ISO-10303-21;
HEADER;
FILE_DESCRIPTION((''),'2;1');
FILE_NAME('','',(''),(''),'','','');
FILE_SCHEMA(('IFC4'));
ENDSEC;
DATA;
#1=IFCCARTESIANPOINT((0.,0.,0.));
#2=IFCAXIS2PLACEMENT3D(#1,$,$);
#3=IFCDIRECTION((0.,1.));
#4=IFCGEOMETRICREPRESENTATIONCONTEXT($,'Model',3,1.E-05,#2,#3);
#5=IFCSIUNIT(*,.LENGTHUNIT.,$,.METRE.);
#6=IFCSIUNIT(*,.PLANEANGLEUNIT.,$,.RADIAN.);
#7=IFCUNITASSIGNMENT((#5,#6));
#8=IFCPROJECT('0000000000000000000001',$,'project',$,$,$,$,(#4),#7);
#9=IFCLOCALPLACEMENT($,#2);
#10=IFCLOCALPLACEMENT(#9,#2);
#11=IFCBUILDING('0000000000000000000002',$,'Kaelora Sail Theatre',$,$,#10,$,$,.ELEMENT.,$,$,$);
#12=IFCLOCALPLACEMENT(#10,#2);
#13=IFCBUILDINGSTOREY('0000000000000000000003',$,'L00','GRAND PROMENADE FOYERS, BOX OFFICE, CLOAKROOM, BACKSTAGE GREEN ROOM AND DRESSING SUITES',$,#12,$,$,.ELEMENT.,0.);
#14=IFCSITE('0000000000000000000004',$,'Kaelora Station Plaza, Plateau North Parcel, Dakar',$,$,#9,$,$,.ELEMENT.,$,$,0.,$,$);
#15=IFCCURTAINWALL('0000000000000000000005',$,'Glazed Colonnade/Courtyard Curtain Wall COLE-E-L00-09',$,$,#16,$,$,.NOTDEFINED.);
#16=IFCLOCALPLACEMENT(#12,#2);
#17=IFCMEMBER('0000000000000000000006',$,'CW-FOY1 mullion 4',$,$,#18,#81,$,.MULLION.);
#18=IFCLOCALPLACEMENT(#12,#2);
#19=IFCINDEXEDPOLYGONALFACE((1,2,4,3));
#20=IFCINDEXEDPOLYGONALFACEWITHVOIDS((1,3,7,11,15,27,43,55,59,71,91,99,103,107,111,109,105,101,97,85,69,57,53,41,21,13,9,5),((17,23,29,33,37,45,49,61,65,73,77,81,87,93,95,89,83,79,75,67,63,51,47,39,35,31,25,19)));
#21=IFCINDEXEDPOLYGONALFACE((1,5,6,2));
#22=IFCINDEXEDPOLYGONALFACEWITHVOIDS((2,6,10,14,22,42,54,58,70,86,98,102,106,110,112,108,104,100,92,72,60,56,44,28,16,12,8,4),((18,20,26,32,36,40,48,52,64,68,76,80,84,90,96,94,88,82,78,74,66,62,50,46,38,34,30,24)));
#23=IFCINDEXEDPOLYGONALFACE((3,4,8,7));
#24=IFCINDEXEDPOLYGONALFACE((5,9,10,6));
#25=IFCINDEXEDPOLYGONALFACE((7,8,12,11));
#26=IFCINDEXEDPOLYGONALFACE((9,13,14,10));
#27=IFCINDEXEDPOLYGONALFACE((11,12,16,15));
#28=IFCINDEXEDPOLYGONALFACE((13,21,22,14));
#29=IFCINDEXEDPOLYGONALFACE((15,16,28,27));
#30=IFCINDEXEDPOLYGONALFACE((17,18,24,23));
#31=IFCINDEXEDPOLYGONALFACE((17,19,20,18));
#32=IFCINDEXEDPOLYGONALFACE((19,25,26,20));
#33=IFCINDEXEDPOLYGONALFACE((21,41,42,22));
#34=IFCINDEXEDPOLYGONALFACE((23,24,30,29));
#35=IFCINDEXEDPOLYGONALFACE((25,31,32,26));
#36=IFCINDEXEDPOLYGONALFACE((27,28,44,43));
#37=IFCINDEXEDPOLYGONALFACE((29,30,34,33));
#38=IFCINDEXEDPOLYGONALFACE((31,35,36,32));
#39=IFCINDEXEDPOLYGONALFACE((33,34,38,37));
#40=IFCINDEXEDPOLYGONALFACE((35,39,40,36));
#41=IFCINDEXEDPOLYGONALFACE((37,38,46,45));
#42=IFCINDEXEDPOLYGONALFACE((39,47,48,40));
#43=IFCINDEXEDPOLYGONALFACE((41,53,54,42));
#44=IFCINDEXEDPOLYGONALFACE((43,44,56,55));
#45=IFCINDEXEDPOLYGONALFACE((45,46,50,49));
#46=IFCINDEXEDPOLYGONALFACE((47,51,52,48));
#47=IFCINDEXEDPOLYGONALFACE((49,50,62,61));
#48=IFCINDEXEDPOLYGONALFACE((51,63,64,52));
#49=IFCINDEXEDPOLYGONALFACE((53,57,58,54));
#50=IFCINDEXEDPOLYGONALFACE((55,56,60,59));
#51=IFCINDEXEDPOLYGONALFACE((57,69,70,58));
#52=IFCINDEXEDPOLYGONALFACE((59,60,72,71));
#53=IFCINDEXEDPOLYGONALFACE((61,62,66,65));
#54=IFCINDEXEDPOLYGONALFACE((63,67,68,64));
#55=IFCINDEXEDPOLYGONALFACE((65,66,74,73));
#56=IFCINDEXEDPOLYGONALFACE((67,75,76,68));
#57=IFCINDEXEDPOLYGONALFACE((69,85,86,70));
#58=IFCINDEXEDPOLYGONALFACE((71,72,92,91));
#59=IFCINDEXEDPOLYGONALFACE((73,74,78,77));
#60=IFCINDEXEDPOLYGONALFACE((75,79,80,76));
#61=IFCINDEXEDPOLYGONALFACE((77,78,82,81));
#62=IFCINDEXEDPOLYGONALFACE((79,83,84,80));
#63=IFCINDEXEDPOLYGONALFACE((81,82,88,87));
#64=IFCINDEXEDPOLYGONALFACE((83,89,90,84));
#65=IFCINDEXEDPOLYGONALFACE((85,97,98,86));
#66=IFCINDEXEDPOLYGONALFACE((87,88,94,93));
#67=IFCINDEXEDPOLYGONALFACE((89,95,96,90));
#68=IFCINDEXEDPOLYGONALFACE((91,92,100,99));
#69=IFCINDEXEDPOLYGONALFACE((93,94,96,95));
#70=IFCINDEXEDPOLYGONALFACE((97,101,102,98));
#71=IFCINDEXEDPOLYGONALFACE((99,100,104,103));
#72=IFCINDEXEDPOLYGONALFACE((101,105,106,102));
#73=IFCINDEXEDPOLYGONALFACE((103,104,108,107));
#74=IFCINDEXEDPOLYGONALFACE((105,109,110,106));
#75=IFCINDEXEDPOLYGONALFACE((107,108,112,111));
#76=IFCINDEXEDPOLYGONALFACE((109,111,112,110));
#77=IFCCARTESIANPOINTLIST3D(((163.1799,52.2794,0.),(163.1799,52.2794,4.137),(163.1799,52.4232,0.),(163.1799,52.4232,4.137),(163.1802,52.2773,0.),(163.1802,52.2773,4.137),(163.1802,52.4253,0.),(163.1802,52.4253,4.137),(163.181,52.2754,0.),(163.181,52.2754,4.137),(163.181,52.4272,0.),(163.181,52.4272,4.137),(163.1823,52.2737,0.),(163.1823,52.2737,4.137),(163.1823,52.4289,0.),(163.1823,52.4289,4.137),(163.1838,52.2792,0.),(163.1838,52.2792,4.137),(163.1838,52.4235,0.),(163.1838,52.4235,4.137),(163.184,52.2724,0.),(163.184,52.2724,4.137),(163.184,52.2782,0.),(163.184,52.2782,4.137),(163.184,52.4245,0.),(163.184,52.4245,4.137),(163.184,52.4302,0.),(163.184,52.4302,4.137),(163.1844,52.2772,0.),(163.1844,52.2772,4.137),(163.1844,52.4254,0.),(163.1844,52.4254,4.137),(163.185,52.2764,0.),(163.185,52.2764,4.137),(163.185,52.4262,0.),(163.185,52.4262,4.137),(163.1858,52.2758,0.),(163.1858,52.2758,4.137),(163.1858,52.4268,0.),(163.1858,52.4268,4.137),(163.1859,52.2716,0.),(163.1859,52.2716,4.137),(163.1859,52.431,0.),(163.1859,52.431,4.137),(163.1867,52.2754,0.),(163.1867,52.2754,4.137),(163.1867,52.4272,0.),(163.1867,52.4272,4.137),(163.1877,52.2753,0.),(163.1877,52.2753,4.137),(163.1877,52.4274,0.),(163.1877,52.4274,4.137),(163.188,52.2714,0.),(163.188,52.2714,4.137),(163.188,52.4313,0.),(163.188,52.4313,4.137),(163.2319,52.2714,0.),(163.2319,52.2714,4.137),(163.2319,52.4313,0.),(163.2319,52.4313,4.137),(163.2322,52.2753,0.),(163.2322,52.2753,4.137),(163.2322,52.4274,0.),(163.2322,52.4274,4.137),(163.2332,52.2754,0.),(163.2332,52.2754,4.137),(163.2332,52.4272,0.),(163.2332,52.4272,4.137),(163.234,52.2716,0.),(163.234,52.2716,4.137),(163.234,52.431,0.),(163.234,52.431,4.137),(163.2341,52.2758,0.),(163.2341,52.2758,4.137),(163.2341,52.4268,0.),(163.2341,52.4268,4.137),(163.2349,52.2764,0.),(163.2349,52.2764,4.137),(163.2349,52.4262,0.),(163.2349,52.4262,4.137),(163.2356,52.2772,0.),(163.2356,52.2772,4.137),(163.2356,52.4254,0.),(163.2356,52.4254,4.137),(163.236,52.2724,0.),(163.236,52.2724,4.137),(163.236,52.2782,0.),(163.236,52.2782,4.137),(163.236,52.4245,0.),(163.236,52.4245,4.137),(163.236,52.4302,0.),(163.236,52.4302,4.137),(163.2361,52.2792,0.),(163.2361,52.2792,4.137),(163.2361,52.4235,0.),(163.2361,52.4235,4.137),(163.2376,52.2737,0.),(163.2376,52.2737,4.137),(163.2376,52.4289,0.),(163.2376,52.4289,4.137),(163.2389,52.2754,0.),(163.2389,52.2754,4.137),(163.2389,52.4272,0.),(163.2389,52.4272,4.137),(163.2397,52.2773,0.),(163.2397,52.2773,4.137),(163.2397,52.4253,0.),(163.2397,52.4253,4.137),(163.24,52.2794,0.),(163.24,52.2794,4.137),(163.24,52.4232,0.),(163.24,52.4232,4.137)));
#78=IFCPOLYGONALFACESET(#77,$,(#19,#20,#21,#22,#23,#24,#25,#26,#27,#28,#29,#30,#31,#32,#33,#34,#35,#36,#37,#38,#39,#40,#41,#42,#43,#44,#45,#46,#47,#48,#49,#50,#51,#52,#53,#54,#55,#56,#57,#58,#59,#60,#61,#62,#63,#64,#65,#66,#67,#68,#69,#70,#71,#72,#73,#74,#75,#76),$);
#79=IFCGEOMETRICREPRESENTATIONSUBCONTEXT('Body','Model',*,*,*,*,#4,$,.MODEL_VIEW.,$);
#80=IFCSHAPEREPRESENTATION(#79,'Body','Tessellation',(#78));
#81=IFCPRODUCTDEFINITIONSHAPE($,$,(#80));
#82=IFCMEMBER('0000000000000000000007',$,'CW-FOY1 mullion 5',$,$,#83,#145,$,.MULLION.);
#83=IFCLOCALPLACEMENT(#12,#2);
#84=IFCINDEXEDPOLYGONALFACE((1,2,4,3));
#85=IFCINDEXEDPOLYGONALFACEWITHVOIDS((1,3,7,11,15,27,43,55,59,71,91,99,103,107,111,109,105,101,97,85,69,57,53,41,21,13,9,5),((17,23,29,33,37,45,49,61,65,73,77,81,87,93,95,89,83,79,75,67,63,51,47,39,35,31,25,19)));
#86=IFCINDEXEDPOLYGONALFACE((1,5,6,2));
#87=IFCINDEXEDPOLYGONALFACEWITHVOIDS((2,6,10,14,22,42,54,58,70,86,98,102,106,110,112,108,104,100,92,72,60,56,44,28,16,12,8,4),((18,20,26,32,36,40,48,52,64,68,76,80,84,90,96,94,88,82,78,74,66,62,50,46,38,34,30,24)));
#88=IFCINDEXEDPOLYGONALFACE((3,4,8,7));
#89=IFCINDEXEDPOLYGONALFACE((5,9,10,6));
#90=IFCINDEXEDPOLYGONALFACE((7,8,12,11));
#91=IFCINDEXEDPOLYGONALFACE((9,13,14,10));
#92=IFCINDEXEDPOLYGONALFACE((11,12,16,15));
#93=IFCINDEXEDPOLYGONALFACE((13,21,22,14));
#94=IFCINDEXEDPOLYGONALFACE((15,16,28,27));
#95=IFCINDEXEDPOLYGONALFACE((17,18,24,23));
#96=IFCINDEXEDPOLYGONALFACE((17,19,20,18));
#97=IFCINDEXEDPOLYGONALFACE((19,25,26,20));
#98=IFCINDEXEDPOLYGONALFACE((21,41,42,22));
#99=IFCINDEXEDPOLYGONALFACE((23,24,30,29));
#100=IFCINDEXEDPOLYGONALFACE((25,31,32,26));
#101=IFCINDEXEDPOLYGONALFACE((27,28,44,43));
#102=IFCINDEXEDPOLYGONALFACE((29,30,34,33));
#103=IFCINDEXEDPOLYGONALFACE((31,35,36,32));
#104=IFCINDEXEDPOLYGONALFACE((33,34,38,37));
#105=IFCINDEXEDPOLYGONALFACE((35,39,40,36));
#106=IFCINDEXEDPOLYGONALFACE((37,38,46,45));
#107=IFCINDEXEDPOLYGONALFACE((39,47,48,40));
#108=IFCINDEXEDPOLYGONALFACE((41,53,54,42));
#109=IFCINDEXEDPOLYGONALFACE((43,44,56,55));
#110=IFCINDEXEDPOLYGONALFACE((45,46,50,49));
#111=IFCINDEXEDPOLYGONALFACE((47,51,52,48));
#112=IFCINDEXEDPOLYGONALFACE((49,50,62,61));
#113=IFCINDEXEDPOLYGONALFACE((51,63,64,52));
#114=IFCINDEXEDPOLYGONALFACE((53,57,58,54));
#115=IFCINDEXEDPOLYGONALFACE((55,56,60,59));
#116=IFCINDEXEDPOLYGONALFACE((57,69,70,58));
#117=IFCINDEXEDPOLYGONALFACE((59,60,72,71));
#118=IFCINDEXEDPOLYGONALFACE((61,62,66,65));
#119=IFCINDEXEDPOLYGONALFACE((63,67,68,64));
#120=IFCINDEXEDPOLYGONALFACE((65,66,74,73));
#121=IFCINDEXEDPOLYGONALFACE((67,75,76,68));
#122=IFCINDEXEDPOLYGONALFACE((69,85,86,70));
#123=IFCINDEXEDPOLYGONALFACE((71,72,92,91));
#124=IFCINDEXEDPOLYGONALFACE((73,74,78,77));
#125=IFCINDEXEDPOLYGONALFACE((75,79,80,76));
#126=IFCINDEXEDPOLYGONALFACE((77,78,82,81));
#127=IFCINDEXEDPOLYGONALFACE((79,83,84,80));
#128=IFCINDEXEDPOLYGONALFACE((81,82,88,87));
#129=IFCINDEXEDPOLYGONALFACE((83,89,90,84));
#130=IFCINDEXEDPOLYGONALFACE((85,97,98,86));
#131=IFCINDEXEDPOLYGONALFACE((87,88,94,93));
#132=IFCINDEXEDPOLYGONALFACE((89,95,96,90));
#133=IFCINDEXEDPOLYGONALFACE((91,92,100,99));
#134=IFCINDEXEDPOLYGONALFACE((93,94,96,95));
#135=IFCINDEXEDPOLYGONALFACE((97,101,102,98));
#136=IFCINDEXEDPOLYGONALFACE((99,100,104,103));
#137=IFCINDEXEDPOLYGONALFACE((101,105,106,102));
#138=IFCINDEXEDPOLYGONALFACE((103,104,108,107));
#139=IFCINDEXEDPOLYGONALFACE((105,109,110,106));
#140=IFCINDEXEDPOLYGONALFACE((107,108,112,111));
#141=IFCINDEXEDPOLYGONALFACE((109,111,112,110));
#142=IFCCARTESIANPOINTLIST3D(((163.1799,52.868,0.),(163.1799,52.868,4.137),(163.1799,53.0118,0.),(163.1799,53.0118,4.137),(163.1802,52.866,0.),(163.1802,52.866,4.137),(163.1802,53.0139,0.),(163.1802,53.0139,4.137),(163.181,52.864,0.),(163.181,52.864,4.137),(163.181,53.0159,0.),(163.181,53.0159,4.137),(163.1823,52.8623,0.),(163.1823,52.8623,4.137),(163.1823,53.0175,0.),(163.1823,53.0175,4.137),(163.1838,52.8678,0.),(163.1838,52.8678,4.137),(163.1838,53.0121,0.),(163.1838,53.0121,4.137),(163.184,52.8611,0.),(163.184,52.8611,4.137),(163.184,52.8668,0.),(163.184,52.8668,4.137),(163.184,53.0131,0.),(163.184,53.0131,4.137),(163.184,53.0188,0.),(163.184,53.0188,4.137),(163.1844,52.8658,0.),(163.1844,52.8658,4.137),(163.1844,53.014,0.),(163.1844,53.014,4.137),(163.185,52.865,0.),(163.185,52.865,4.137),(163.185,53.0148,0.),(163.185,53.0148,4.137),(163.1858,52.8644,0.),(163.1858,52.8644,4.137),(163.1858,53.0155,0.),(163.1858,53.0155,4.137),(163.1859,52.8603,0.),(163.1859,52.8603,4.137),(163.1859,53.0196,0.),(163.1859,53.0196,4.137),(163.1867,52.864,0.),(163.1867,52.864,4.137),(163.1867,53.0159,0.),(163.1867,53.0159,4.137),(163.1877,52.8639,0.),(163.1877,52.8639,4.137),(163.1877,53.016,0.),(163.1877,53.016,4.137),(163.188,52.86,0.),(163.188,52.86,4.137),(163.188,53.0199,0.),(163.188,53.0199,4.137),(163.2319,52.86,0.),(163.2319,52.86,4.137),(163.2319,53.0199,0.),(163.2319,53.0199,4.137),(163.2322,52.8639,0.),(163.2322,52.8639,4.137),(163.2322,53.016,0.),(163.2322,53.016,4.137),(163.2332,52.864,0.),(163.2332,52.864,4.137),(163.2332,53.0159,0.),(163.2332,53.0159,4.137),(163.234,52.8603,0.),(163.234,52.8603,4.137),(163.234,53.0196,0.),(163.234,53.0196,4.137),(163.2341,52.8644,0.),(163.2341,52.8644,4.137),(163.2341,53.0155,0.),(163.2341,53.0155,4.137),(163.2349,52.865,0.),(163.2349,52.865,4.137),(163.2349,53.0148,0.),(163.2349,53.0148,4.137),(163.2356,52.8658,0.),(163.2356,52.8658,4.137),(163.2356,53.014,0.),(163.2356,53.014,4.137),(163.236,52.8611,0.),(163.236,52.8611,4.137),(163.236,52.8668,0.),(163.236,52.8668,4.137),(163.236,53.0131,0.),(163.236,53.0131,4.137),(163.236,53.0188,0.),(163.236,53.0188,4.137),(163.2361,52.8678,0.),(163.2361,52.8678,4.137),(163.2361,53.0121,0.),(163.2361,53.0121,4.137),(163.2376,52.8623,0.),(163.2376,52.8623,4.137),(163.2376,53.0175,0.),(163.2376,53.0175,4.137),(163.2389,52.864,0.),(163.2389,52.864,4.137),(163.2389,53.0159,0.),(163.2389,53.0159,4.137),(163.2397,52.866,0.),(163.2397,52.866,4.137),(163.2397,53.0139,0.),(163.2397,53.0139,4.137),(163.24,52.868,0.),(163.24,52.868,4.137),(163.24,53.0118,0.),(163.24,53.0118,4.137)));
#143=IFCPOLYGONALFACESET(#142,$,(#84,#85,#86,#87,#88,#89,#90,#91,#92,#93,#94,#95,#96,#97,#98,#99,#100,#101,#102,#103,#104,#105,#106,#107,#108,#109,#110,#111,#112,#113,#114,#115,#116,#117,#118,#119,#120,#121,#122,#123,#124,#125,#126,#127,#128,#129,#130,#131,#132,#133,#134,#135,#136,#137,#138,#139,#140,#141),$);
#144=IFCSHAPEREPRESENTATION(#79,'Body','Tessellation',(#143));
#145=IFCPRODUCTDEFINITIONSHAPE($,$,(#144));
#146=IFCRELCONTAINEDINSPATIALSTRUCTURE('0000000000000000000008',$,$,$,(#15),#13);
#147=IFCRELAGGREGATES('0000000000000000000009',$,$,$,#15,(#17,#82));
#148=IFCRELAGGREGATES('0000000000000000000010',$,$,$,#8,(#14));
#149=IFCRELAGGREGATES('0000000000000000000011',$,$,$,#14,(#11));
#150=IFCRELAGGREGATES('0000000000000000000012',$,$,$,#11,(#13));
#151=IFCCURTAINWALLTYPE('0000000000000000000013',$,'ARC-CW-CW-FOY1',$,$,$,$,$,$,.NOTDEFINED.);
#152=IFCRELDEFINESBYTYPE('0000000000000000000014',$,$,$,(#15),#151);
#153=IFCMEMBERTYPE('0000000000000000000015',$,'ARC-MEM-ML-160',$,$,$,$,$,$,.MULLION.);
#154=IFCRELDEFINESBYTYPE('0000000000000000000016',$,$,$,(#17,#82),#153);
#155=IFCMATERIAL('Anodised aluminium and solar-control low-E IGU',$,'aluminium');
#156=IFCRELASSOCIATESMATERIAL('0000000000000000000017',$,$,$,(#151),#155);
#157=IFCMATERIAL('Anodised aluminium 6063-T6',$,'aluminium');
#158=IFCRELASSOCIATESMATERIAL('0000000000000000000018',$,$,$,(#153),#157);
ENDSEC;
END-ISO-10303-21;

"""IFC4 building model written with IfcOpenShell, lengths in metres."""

from ifc_helpers import new_model, si_unit, direction, frame, origin, origin_2d, place, context, subcontext, project, spatial, hollow_rectangle, extrude, material, material_profile, profile_set, type_object, element, aggregate, save


model = new_model("IFC4")

# Units and contexts
model_context = context("Model", 3, precision=1e-05, world=origin(), true_north=direction((0.0, 1.0)))
body_context = subcontext(model_context, "Body", "Model", "MODEL_VIEW")
ifc_project = project(units=[si_unit("LENGTHUNIT", "METRE"), si_unit("PLANEANGLEUNIT", "RADIAN")], contexts=[model_context])

# Site, building, storey
site_placement = place(None, origin())
site = spatial("IfcSite", under=ifc_project, at=site_placement, Name="Kaelora Station Plaza, Plateau North Parcel, Dakar", CompositionType="ELEMENT", RefElevation=0.0)
building_placement = place(site_placement, origin())
building = spatial("IfcBuilding", under=site, at=building_placement, Name="Kaelora Sail Theatre", CompositionType="ELEMENT")
storey_placement = place(building_placement, origin())
storey = spatial("IfcBuildingStorey", under=building, at=storey_placement, Name="L00", Description="GRAND PROMENADE FOYERS, BOX OFFICE, CLOAKROOM, BACKSTAGE GREEN ROOM AND DRESSING SUITES", CompositionType="ELEMENT", Elevation=0.0)

# Curtain wall, members
ifc_material_1 = material(Name="Anodised aluminium and solar-control low-E IGU", Category="aluminium")
curtain_wall_type = type_object("IfcCurtainWallType", Name="ARC-CW-CW-FOY1", PredefinedType="NOTDEFINED", material=ifc_material_1)
curtain_wall_placement = place(storey_placement, origin())
curtain_wall = element("IfcCurtainWall", 1, at=curtain_wall_placement, inside=storey, type_object=curtain_wall_type, Name="Glazed Colonnade/Courtyard Curtain Wall COLE-E-L00-09", PredefinedType="NOTDEFINED")
ifc_material_2 = material(Name="Anodised aluminium 6063-T6", Category="aluminium")
ifc_material_profile_1 = material_profile(ifc_material_2, hollow_rectangle(XDim=0.0601, YDim=0.1599, WallThickness=0.0039, InnerFilletRadius=0.0039, OuterFilletRadius=0.0081, at=origin_2d()), Name="ALU-MULL 60x160x4")
ifc_profile_set_1 = profile_set([ifc_material_profile_1], Name="Anodised aluminium 6063-T6")
member_type_1 = type_object("IfcMemberType", Name="ARC-MEM-ML-160", PredefinedType="MULLION", material=ifc_profile_set_1)
member_1_placement = place(storey_placement, frame((163.21, 52.3513, 0.0), z_axis=(0.0, 0.0, 1.0), x_axis=(-1.0, 0.0, 0.0)))
member_1 = element("IfcMember", 2, at=member_1_placement, type_object=member_type_1, Name="CW-FOY1 mullion 4", PredefinedType="MULLION", context=body_context, shape_type="SweptSolid", body=[
    extrude(hollow_rectangle(XDim=0.0601, YDim=0.1599, WallThickness=0.0039, InnerFilletRadius=0.0039, OuterFilletRadius=0.0081, at=origin_2d()), origin(), (0.0, 0.0, 1.0), 4.137),
])
member_2_placement = place(storey_placement, frame((163.21, 52.9399, 0.0), z_axis=(0.0, 0.0, 1.0), x_axis=(-1.0, 0.0, 0.0)))
member_2 = element("IfcMember", 3, at=member_2_placement, type_object=member_type_1, Name="CW-FOY1 mullion 5", PredefinedType="MULLION", context=body_context, shape_type="SweptSolid", body=[
    extrude(hollow_rectangle(XDim=0.0601, YDim=0.1599, WallThickness=0.0039, InnerFilletRadius=0.0039, OuterFilletRadius=0.0081, at=origin_2d()), origin(), (0.0, 0.0, 1.0), 4.137),
])

aggregate(curtain_wall, [member_1, member_2])

save(model, "model.ifc")
